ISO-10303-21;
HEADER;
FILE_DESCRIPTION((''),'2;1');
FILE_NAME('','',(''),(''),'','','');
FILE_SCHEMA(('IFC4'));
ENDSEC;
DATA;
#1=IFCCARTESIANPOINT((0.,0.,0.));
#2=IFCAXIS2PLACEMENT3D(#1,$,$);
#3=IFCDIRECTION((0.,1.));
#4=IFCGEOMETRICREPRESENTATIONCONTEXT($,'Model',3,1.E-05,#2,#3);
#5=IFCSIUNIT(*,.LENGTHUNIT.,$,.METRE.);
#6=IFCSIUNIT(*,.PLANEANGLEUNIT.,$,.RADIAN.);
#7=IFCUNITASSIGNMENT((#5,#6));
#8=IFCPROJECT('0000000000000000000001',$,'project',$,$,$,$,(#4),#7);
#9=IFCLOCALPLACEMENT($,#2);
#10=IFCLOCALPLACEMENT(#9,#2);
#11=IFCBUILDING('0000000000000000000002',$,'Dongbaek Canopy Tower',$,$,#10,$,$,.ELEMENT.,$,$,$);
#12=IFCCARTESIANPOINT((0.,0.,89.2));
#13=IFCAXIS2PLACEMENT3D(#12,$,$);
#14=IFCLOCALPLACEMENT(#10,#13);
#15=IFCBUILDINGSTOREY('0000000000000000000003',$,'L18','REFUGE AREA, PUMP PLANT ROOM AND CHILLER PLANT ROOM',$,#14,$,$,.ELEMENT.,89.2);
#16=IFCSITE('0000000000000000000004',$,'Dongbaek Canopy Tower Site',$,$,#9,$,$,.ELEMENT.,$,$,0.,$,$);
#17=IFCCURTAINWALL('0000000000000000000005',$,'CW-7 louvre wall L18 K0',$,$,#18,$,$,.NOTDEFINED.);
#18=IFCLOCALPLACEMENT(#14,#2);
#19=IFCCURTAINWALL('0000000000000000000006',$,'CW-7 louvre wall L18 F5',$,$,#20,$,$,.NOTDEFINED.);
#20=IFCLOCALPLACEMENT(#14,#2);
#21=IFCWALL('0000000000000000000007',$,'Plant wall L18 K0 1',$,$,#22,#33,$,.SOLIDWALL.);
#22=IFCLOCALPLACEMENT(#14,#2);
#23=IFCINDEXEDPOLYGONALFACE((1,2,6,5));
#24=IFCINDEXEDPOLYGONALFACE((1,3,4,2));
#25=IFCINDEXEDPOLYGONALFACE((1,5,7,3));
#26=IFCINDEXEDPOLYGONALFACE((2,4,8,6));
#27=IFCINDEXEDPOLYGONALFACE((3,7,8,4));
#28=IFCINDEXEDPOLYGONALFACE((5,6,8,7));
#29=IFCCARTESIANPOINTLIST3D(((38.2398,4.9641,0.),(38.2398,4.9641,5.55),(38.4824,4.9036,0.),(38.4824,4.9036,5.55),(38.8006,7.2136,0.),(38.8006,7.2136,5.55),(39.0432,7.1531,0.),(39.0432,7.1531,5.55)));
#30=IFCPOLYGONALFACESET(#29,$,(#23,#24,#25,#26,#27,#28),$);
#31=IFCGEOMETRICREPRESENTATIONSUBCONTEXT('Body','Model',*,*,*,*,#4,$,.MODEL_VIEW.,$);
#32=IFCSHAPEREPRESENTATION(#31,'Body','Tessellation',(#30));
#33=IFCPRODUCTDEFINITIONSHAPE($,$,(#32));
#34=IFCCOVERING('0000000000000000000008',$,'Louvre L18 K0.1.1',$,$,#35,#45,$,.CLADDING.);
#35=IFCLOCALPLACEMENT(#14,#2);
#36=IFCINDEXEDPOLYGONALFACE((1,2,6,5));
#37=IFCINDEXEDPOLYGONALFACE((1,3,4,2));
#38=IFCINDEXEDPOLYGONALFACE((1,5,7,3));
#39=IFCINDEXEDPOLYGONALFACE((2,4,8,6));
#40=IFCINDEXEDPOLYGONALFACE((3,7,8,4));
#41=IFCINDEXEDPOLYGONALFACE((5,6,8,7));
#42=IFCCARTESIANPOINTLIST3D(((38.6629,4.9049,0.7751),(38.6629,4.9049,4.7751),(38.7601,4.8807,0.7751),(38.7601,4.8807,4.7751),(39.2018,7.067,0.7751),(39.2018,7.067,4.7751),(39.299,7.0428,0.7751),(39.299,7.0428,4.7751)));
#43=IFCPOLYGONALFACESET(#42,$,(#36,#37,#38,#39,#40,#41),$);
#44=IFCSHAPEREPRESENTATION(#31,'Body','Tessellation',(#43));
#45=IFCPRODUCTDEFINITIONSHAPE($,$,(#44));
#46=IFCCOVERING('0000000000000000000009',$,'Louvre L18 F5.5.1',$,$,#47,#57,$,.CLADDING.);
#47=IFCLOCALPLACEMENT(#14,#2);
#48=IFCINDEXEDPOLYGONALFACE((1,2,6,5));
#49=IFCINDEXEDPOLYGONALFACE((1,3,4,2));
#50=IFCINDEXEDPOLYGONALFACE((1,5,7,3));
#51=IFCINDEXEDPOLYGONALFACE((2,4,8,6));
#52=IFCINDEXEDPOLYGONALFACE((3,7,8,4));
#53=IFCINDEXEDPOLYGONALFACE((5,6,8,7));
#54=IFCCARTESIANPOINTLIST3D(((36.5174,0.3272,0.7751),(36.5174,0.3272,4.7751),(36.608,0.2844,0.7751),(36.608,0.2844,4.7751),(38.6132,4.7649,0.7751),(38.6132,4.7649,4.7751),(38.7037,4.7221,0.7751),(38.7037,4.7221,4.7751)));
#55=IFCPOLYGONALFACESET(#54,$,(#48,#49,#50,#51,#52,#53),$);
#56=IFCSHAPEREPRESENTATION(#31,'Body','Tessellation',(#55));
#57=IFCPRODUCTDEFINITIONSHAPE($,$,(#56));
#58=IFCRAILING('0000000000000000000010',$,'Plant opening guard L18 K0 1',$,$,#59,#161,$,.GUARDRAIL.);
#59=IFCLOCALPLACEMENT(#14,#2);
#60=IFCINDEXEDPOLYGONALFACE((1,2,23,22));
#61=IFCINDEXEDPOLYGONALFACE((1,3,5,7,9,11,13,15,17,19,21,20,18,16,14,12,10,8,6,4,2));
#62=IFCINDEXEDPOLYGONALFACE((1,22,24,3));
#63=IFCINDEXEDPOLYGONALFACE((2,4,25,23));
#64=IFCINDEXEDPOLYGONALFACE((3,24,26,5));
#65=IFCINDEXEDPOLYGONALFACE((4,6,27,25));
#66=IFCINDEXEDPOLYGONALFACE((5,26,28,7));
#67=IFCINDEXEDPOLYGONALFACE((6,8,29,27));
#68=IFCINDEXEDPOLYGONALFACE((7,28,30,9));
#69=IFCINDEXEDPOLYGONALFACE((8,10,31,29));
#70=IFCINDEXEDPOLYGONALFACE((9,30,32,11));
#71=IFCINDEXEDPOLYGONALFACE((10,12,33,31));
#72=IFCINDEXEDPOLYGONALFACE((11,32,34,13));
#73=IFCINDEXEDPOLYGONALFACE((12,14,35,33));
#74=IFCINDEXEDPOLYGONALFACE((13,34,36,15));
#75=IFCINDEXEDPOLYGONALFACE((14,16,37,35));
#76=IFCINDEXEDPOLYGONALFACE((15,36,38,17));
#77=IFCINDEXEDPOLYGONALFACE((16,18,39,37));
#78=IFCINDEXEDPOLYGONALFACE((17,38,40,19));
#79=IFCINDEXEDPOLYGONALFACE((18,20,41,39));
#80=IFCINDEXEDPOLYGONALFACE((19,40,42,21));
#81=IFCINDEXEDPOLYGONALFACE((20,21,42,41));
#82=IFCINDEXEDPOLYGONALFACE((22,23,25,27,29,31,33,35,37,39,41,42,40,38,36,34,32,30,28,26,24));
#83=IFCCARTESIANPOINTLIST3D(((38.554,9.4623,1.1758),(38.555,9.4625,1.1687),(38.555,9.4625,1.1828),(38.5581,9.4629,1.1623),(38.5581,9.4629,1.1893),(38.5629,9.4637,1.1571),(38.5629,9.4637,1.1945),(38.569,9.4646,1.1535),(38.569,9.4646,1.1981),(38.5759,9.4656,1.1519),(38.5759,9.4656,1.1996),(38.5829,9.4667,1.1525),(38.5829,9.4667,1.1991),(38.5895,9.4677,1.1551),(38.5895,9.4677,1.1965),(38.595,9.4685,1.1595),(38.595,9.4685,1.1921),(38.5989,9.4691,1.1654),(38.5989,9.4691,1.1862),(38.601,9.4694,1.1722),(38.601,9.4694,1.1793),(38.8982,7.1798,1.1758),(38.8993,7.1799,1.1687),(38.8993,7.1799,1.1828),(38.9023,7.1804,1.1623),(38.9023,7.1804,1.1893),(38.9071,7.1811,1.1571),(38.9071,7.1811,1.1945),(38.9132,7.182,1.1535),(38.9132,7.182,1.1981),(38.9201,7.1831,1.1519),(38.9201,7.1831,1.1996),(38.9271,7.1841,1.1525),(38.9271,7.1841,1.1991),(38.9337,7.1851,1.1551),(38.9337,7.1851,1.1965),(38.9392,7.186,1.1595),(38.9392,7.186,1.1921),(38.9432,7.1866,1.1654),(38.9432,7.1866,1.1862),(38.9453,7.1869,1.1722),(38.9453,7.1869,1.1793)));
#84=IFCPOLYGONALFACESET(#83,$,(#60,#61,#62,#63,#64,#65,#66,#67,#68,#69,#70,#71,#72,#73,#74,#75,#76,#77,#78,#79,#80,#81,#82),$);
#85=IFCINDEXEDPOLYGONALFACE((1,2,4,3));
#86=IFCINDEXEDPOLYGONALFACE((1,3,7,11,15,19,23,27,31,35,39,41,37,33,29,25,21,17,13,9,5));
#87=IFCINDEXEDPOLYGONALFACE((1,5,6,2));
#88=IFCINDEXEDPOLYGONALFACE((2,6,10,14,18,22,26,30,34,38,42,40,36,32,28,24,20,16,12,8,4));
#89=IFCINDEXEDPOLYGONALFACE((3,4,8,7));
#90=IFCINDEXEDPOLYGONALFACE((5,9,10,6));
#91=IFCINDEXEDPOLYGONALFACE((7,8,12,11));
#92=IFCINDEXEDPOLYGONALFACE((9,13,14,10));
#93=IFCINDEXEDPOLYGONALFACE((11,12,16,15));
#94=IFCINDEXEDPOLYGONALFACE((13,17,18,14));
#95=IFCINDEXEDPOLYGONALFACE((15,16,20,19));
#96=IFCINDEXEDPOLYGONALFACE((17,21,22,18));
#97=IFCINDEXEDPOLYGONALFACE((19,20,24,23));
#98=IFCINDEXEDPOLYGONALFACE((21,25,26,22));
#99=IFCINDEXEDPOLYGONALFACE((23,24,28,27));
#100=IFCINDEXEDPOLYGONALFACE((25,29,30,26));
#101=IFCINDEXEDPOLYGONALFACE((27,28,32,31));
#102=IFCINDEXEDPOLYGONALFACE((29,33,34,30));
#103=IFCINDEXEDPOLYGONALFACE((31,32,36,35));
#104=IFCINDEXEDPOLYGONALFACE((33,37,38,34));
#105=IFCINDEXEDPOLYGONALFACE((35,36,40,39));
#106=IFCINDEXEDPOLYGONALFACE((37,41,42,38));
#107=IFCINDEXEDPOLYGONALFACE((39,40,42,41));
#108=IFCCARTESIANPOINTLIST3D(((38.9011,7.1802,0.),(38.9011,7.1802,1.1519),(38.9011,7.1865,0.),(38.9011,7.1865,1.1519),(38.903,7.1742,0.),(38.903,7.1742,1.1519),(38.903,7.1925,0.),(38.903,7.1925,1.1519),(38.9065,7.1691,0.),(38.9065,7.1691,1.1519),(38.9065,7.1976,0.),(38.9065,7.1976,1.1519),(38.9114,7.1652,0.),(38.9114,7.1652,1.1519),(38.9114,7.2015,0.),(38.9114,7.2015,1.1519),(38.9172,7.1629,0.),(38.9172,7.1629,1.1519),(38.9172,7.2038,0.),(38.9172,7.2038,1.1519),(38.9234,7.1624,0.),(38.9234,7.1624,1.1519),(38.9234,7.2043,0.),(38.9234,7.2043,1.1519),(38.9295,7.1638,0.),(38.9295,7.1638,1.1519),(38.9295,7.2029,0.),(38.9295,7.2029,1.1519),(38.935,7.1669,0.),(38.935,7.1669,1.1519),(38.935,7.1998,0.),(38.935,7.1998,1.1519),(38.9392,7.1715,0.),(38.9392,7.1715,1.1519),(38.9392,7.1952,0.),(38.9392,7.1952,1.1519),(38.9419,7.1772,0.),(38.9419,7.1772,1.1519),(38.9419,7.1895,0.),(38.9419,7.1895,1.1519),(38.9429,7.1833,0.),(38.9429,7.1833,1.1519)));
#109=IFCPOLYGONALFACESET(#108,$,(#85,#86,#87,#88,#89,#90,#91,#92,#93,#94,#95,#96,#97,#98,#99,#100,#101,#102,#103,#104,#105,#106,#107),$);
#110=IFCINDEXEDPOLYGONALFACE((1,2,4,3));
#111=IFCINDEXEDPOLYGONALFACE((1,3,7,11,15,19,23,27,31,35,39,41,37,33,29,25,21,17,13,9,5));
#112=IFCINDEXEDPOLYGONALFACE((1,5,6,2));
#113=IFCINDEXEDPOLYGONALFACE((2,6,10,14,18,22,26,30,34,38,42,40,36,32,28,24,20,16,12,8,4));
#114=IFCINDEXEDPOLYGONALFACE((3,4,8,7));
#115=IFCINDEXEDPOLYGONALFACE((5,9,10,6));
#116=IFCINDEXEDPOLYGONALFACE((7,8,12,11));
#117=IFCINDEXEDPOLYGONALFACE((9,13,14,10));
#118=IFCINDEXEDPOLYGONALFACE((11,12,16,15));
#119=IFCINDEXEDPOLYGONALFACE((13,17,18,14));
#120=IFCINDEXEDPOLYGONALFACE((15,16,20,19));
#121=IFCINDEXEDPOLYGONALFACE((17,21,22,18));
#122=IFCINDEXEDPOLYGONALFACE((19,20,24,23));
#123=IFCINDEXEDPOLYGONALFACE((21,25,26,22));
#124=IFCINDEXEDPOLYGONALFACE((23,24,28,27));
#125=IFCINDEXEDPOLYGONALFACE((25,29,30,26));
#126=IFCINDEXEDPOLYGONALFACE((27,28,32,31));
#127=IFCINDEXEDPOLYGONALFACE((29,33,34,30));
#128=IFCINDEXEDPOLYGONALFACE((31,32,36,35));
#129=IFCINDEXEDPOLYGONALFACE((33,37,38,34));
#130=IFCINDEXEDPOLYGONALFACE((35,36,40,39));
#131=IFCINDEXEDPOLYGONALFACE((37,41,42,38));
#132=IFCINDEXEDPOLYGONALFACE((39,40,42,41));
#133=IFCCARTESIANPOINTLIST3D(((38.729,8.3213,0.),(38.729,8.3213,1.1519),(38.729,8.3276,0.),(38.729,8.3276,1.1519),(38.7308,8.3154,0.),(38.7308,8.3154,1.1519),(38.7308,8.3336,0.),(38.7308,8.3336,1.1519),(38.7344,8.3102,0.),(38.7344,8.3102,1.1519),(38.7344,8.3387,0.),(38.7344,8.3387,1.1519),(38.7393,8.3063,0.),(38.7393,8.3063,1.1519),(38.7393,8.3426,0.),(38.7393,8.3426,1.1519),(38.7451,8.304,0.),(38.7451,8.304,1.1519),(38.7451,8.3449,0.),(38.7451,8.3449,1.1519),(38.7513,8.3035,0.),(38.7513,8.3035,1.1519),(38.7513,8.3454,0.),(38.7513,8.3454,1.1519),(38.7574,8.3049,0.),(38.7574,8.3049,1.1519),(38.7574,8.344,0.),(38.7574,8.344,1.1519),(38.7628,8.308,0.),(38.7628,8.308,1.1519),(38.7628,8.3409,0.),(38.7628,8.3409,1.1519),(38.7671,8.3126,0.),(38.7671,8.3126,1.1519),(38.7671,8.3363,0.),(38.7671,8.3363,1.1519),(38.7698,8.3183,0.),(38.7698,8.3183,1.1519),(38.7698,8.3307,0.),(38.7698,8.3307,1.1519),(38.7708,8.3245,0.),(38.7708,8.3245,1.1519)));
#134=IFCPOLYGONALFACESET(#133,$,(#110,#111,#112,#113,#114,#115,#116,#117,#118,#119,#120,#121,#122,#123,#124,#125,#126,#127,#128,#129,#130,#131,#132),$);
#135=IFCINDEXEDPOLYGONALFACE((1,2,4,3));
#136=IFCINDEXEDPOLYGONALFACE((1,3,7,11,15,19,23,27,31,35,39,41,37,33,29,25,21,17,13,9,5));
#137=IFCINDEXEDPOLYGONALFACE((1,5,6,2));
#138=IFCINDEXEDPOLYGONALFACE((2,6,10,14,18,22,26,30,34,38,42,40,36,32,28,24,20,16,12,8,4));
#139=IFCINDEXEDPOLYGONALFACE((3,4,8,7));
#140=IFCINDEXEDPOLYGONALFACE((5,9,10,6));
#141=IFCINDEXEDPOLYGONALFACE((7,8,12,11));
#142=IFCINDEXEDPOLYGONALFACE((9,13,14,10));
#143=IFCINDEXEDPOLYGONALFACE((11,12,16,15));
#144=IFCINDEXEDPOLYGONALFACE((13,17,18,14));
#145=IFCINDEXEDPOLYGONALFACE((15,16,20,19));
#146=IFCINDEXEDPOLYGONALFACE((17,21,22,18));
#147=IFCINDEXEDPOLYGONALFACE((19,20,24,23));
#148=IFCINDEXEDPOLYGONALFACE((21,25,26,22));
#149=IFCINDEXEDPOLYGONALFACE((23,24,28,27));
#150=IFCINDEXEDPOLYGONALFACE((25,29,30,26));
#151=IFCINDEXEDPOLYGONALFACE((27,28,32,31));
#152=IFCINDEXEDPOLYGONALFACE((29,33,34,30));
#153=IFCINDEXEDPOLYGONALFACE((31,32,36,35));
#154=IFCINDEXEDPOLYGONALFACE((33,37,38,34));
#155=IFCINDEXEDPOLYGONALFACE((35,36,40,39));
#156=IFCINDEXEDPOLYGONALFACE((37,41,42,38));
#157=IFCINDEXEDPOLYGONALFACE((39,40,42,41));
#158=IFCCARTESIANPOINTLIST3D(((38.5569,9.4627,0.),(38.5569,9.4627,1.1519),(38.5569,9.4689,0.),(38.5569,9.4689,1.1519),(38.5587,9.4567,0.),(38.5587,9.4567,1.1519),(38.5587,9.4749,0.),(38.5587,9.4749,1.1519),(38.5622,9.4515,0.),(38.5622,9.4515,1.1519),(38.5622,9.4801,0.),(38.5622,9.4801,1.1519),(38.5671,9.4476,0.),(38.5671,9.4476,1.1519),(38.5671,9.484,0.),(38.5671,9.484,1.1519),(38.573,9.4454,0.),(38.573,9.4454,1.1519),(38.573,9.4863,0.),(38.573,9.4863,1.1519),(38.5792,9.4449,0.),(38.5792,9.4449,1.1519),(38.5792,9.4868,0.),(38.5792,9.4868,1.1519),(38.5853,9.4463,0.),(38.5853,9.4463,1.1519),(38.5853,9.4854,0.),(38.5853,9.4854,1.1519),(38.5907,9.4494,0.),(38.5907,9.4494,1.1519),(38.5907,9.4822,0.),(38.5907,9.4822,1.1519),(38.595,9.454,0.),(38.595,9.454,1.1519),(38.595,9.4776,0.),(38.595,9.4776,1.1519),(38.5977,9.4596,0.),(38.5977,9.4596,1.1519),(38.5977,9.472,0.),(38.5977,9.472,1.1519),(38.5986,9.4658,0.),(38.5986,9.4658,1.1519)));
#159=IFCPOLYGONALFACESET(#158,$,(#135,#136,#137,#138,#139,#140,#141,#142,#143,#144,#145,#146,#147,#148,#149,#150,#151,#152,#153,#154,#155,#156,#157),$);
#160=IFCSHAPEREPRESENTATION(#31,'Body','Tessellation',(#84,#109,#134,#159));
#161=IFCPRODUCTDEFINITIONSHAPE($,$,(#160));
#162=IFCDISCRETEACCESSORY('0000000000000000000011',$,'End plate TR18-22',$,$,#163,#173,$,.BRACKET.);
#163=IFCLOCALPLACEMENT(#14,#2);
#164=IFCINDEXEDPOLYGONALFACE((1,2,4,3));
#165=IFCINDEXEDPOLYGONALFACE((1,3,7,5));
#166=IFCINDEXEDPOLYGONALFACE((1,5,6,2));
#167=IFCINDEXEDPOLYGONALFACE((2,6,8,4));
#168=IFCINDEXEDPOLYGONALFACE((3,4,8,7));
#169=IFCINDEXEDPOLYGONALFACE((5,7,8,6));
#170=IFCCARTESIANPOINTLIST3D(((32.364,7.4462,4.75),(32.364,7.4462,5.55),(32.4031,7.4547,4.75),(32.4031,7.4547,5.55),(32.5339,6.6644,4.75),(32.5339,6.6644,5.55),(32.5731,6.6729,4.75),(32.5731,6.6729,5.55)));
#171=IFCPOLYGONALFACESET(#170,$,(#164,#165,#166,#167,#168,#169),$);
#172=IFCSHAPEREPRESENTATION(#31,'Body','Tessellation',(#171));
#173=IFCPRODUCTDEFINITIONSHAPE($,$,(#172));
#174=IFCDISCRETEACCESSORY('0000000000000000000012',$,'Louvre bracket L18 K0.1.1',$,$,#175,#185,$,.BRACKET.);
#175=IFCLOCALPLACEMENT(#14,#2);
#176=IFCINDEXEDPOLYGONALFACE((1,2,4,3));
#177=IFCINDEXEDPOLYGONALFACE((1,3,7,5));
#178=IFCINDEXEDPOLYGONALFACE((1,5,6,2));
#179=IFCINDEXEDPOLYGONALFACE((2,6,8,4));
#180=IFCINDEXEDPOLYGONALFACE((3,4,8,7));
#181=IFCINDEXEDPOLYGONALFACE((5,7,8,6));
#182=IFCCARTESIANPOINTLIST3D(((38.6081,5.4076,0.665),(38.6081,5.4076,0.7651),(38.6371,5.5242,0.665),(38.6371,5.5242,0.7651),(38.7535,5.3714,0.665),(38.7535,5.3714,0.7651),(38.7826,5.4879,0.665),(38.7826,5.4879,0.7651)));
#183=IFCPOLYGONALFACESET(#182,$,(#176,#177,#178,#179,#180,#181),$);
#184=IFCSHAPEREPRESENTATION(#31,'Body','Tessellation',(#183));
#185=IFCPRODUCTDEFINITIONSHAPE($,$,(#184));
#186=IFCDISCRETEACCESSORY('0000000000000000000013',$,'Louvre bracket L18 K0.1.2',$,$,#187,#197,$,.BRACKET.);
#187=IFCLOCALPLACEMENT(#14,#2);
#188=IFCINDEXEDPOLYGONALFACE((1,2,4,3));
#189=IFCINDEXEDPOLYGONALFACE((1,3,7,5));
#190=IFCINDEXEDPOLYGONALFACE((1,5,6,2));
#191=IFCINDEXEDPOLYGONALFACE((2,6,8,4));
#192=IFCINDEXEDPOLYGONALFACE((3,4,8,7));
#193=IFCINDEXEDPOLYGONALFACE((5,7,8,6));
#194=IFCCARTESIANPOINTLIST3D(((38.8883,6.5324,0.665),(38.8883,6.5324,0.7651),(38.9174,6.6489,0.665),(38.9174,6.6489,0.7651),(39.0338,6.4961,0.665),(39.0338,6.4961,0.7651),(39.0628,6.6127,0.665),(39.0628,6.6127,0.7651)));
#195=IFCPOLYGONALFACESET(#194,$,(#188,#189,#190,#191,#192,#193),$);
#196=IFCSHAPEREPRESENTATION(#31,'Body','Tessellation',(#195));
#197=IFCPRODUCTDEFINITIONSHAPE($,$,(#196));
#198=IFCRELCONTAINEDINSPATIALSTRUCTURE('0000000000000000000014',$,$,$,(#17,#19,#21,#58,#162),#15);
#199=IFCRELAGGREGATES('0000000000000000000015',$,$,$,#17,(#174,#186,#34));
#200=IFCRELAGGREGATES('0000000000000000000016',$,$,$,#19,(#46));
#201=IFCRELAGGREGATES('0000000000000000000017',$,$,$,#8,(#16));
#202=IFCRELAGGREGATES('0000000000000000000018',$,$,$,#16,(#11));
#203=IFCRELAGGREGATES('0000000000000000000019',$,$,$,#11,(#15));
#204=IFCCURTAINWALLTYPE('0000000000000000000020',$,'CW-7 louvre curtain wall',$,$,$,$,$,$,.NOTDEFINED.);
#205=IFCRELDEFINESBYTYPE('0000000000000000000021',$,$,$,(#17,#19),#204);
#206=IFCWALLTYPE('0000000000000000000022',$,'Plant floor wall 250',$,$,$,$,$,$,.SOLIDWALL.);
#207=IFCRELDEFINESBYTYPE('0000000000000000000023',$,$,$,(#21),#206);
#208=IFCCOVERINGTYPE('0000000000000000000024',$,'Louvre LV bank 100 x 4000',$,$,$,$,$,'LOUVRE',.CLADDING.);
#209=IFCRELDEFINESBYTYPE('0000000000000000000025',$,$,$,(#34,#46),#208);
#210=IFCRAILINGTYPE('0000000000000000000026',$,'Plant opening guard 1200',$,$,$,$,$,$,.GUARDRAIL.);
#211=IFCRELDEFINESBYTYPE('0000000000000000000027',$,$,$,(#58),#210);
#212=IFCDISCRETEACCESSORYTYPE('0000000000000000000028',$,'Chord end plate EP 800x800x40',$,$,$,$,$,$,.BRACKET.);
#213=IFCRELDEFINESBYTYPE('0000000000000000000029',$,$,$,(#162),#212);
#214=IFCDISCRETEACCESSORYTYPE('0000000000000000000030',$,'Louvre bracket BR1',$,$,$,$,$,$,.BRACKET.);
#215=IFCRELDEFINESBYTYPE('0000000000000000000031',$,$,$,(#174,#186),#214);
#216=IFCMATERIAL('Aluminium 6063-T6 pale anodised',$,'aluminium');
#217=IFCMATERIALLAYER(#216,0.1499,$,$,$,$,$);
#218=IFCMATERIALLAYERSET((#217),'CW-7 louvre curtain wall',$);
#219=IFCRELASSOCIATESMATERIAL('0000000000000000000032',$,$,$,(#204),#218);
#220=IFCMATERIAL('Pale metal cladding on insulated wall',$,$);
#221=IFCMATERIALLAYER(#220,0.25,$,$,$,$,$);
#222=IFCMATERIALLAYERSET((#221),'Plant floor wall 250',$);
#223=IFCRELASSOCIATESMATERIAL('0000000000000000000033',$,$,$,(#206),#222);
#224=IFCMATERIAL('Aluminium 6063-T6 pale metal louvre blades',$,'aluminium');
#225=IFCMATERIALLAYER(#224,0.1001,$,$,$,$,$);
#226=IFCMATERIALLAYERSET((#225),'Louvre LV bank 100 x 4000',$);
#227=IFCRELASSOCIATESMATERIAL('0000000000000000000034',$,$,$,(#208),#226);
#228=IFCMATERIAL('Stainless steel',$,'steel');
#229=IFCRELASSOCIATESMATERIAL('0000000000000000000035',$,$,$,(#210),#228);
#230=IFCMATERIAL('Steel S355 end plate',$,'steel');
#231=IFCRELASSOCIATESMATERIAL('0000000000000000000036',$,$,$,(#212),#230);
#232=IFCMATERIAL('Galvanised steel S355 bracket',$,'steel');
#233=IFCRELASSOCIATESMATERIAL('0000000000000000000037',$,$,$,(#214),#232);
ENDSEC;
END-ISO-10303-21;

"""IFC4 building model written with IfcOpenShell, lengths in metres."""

from ifc_helpers import new_model, si_unit, direction, frame, frame_2d, origin, origin_2d, place, context, subcontext, project, spatial, rectangle, circle, extrude, material, layer, layer_set, type_object, element, aggregate, save


model = new_model("IFC4")

# Units and contexts
model_context = context("Model", 3, precision=1e-05, world=origin(), true_north=direction((0.0, 1.0)))
body_context = subcontext(model_context, "Body", "Model", "MODEL_VIEW")
ifc_project = project(units=[si_unit("LENGTHUNIT", "METRE"), si_unit("PLANEANGLEUNIT", "RADIAN")], contexts=[model_context])

# Site, building, storey
site_placement = place(None, origin())
site = spatial("IfcSite", under=ifc_project, at=site_placement, Name="Dongbaek Canopy Tower Site", CompositionType="ELEMENT", RefElevation=0.0)
building_placement = place(site_placement, origin())
building = spatial("IfcBuilding", under=site, at=building_placement, Name="Dongbaek Canopy Tower", CompositionType="ELEMENT")
storey_placement = place(building_placement, frame((0.0, 0.0, 89.2)))
storey = spatial("IfcBuildingStorey", under=building, at=storey_placement, Name="L18", Description="REFUGE AREA, PUMP PLANT ROOM AND CHILLER PLANT ROOM", CompositionType="ELEMENT", Elevation=89.2)

# Curtain wall
ifc_material_1 = material(Name="Aluminium 6063-T6 pale anodised", Category="aluminium")
ifc_layer_1 = layer(ifc_material_1, 0.1499)
ifc_layer_set_1 = layer_set([ifc_layer_1], Name="CW-7 louvre curtain wall")
curtain_wall_type = type_object("IfcCurtainWallType", Name="CW-7 louvre curtain wall", PredefinedType="NOTDEFINED", material=ifc_layer_set_1)
curtain_wall_1_placement = place(storey_placement, origin())
curtain_wall_1 = element("IfcCurtainWall", 1, at=curtain_wall_1_placement, inside=storey, type_object=curtain_wall_type, Name="CW-7 louvre wall L18 K0", PredefinedType="NOTDEFINED")

# Curtain wall
curtain_wall_2_placement = place(storey_placement, origin())
curtain_wall_2 = element("IfcCurtainWall", 2, at=curtain_wall_2_placement, inside=storey, type_object=curtain_wall_type, Name="CW-7 louvre wall L18 F5", PredefinedType="NOTDEFINED")

# Wall
ifc_material_2 = material(Name="Pale metal cladding on insulated wall")
ifc_layer_2 = layer(ifc_material_2, 0.25)
ifc_layer_set_2 = layer_set([ifc_layer_2], Name="Plant floor wall 250")
wall_type = type_object("IfcWallType", Name="Plant floor wall 250", PredefinedType="SOLIDWALL", material=ifc_layer_set_2)
wall_placement = place(storey_placement, frame((38.3611, 4.9338, 0.0), z_axis=(0.0, 0.0, 1.0), x_axis=(0.241891, 0.970303, 0.0)))
element("IfcWall", 3, at=wall_placement, inside=storey, type_object=wall_type, Name="Plant wall L18 K0 1", PredefinedType="SOLIDWALL", context=body_context, shape_type="SweptSolid", body=[
    extrude(rectangle(XDim=2.3184, YDim=0.25, at=frame_2d((1.1592, 0.0))), origin(), (0.0, 0.0, 1.0), 5.55),
])

# Coverings
ifc_material_3 = material(Name="Aluminium 6063-T6 pale metal louvre blades", Category="aluminium")
ifc_layer_3 = layer(ifc_material_3, 0.1001)
ifc_layer_set_3 = layer_set([ifc_layer_3], Name="Louvre LV bank 100 x 4000")
covering_type = type_object("IfcCoveringType", Name="Louvre LV bank 100 x 4000", ElementType="LOUVRE", PredefinedType="CLADDING", material=ifc_layer_set_3)
covering_1_placement = place(storey_placement, frame((38.981, 5.9739, 0.7751), z_axis=(0.0, 0.0, 1.0), x_axis=(0.241844, 0.970315, 0.0)))
covering_1 = element("IfcCovering", 4, at=covering_1_placement, type_object=covering_type, Name="Louvre L18 K0.1.1", PredefinedType="CLADDING", context=body_context, shape_type="SweptSolid", body=[
    extrude(rectangle(XDim=2.2283, YDim=0.1001, at=origin_2d()), origin(), (0.0, 0.0, 1.0), 4.0),
])
covering_2_placement = place(storey_placement, frame((37.6106, 2.5247, 0.7751), z_axis=(0.0, 0.0, 1.0), x_axis=(0.427039, 0.904233, 0.0)))
covering_2 = element("IfcCovering", 5, at=covering_2_placement, type_object=covering_type, Name="Louvre L18 F5.5.1", PredefinedType="CLADDING", context=body_context, shape_type="SweptSolid", body=[
    extrude(rectangle(XDim=4.9077, YDim=0.1001, at=origin_2d()), origin(), (0.0, 0.0, 1.0), 4.0),
])

# Railing
ifc_material_4 = material(Name="Stainless steel", Category="steel")
railing_type = type_object("IfcRailingType", Name="Plant opening guard 1200", PredefinedType="GUARDRAIL", material=ifc_material_4)
railing_placement = place(storey_placement, frame((38.9219, 7.1833, 0.0)))
element("IfcRailing", 6, at=railing_placement, inside=storey, type_object=railing_type, Name="Plant opening guard L18 K0 1", PredefinedType="GUARDRAIL", context=body_context, shape_type="SweptSolid", body=[
    extrude(circle(Radius=0.0239, at=origin_2d()), frame((0.0, 0.0, 1.1758), z_axis=(-0.149132, 0.988817, 0.0), x_axis=(-0.988817, -0.149132, 0.0)), (0.0, 0.0, 1.0), 2.3083),
    extrude(circle(Radius=0.021, at=origin_2d()), origin(), (0.0, 0.0, 1.0), 1.1519),
    extrude(circle(Radius=0.021, at=origin_2d()), frame((-0.1721, 1.1411, 0.0)), (0.0, 0.0, 1.0), 1.1519),
    extrude(circle(Radius=0.021, at=origin_2d()), frame((-0.3442, 2.2825, 0.0)), (0.0, 0.0, 1.0), 1.1519),
])

# Discrete accessories
ifc_material_5 = material(Name="Steel S355 end plate", Category="steel")
discrete_accessory_type_1 = type_object("IfcDiscreteAccessoryType", Name="Chord end plate EP 800x800x40", PredefinedType="BRACKET", material=ifc_material_5)
discrete_accessory_1_placement = place(storey_placement, frame((32.4685, 7.0596, 4.75), z_axis=(0.0, 0.0, 1.0), x_axis=(0.97717, 0.212461, 0.0)))
element("IfcDiscreteAccessory", 7, at=discrete_accessory_1_placement, inside=storey, type_object=discrete_accessory_type_1, Name="End plate TR18-22", PredefinedType="BRACKET", context=body_context, shape_type="SweptSolid", body=[
    extrude(rectangle(XDim=0.04, YDim=0.8, at=origin_2d()), origin(), (0.0, 0.0, 1.0), 0.8),
])
ifc_material_6 = material(Name="Galvanised steel S355 bracket", Category="steel")
discrete_accessory_type_2 = type_object("IfcDiscreteAccessoryType", Name="Louvre bracket BR1", PredefinedType="BRACKET", material=ifc_material_6)
discrete_accessory_2_placement = place(storey_placement, frame((38.6953, 5.4478, 0.665), z_axis=(0.0, 0.0, 1.0), x_axis=(0.241844, 0.970315, 0.0)))
discrete_accessory_2 = element("IfcDiscreteAccessory", 8, at=discrete_accessory_2_placement, type_object=discrete_accessory_type_2, Name="Louvre bracket L18 K0.1.1", PredefinedType="BRACKET", context=body_context, shape_type="SweptSolid", body=[
    extrude(rectangle(XDim=0.1201, YDim=0.1499, at=origin_2d()), origin(), (0.0, 0.0, 1.0), 0.1001),
])
discrete_accessory_3_placement = place(storey_placement, frame((38.9756, 6.5725, 0.665), z_axis=(0.0, 0.0, 1.0), x_axis=(0.241844, 0.970315, 0.0)))
discrete_accessory_3 = element("IfcDiscreteAccessory", 9, at=discrete_accessory_3_placement, type_object=discrete_accessory_type_2, Name="Louvre bracket L18 K0.1.2", PredefinedType="BRACKET", context=body_context, shape_type="SweptSolid", body=[
    extrude(rectangle(XDim=0.1201, YDim=0.1499, at=origin_2d()), origin(), (0.0, 0.0, 1.0), 0.1001),
])
aggregate(curtain_wall_1, [discrete_accessory_2, discrete_accessory_3, covering_1])
aggregate(curtain_wall_2, [covering_2])

save(model, "model.ifc")
